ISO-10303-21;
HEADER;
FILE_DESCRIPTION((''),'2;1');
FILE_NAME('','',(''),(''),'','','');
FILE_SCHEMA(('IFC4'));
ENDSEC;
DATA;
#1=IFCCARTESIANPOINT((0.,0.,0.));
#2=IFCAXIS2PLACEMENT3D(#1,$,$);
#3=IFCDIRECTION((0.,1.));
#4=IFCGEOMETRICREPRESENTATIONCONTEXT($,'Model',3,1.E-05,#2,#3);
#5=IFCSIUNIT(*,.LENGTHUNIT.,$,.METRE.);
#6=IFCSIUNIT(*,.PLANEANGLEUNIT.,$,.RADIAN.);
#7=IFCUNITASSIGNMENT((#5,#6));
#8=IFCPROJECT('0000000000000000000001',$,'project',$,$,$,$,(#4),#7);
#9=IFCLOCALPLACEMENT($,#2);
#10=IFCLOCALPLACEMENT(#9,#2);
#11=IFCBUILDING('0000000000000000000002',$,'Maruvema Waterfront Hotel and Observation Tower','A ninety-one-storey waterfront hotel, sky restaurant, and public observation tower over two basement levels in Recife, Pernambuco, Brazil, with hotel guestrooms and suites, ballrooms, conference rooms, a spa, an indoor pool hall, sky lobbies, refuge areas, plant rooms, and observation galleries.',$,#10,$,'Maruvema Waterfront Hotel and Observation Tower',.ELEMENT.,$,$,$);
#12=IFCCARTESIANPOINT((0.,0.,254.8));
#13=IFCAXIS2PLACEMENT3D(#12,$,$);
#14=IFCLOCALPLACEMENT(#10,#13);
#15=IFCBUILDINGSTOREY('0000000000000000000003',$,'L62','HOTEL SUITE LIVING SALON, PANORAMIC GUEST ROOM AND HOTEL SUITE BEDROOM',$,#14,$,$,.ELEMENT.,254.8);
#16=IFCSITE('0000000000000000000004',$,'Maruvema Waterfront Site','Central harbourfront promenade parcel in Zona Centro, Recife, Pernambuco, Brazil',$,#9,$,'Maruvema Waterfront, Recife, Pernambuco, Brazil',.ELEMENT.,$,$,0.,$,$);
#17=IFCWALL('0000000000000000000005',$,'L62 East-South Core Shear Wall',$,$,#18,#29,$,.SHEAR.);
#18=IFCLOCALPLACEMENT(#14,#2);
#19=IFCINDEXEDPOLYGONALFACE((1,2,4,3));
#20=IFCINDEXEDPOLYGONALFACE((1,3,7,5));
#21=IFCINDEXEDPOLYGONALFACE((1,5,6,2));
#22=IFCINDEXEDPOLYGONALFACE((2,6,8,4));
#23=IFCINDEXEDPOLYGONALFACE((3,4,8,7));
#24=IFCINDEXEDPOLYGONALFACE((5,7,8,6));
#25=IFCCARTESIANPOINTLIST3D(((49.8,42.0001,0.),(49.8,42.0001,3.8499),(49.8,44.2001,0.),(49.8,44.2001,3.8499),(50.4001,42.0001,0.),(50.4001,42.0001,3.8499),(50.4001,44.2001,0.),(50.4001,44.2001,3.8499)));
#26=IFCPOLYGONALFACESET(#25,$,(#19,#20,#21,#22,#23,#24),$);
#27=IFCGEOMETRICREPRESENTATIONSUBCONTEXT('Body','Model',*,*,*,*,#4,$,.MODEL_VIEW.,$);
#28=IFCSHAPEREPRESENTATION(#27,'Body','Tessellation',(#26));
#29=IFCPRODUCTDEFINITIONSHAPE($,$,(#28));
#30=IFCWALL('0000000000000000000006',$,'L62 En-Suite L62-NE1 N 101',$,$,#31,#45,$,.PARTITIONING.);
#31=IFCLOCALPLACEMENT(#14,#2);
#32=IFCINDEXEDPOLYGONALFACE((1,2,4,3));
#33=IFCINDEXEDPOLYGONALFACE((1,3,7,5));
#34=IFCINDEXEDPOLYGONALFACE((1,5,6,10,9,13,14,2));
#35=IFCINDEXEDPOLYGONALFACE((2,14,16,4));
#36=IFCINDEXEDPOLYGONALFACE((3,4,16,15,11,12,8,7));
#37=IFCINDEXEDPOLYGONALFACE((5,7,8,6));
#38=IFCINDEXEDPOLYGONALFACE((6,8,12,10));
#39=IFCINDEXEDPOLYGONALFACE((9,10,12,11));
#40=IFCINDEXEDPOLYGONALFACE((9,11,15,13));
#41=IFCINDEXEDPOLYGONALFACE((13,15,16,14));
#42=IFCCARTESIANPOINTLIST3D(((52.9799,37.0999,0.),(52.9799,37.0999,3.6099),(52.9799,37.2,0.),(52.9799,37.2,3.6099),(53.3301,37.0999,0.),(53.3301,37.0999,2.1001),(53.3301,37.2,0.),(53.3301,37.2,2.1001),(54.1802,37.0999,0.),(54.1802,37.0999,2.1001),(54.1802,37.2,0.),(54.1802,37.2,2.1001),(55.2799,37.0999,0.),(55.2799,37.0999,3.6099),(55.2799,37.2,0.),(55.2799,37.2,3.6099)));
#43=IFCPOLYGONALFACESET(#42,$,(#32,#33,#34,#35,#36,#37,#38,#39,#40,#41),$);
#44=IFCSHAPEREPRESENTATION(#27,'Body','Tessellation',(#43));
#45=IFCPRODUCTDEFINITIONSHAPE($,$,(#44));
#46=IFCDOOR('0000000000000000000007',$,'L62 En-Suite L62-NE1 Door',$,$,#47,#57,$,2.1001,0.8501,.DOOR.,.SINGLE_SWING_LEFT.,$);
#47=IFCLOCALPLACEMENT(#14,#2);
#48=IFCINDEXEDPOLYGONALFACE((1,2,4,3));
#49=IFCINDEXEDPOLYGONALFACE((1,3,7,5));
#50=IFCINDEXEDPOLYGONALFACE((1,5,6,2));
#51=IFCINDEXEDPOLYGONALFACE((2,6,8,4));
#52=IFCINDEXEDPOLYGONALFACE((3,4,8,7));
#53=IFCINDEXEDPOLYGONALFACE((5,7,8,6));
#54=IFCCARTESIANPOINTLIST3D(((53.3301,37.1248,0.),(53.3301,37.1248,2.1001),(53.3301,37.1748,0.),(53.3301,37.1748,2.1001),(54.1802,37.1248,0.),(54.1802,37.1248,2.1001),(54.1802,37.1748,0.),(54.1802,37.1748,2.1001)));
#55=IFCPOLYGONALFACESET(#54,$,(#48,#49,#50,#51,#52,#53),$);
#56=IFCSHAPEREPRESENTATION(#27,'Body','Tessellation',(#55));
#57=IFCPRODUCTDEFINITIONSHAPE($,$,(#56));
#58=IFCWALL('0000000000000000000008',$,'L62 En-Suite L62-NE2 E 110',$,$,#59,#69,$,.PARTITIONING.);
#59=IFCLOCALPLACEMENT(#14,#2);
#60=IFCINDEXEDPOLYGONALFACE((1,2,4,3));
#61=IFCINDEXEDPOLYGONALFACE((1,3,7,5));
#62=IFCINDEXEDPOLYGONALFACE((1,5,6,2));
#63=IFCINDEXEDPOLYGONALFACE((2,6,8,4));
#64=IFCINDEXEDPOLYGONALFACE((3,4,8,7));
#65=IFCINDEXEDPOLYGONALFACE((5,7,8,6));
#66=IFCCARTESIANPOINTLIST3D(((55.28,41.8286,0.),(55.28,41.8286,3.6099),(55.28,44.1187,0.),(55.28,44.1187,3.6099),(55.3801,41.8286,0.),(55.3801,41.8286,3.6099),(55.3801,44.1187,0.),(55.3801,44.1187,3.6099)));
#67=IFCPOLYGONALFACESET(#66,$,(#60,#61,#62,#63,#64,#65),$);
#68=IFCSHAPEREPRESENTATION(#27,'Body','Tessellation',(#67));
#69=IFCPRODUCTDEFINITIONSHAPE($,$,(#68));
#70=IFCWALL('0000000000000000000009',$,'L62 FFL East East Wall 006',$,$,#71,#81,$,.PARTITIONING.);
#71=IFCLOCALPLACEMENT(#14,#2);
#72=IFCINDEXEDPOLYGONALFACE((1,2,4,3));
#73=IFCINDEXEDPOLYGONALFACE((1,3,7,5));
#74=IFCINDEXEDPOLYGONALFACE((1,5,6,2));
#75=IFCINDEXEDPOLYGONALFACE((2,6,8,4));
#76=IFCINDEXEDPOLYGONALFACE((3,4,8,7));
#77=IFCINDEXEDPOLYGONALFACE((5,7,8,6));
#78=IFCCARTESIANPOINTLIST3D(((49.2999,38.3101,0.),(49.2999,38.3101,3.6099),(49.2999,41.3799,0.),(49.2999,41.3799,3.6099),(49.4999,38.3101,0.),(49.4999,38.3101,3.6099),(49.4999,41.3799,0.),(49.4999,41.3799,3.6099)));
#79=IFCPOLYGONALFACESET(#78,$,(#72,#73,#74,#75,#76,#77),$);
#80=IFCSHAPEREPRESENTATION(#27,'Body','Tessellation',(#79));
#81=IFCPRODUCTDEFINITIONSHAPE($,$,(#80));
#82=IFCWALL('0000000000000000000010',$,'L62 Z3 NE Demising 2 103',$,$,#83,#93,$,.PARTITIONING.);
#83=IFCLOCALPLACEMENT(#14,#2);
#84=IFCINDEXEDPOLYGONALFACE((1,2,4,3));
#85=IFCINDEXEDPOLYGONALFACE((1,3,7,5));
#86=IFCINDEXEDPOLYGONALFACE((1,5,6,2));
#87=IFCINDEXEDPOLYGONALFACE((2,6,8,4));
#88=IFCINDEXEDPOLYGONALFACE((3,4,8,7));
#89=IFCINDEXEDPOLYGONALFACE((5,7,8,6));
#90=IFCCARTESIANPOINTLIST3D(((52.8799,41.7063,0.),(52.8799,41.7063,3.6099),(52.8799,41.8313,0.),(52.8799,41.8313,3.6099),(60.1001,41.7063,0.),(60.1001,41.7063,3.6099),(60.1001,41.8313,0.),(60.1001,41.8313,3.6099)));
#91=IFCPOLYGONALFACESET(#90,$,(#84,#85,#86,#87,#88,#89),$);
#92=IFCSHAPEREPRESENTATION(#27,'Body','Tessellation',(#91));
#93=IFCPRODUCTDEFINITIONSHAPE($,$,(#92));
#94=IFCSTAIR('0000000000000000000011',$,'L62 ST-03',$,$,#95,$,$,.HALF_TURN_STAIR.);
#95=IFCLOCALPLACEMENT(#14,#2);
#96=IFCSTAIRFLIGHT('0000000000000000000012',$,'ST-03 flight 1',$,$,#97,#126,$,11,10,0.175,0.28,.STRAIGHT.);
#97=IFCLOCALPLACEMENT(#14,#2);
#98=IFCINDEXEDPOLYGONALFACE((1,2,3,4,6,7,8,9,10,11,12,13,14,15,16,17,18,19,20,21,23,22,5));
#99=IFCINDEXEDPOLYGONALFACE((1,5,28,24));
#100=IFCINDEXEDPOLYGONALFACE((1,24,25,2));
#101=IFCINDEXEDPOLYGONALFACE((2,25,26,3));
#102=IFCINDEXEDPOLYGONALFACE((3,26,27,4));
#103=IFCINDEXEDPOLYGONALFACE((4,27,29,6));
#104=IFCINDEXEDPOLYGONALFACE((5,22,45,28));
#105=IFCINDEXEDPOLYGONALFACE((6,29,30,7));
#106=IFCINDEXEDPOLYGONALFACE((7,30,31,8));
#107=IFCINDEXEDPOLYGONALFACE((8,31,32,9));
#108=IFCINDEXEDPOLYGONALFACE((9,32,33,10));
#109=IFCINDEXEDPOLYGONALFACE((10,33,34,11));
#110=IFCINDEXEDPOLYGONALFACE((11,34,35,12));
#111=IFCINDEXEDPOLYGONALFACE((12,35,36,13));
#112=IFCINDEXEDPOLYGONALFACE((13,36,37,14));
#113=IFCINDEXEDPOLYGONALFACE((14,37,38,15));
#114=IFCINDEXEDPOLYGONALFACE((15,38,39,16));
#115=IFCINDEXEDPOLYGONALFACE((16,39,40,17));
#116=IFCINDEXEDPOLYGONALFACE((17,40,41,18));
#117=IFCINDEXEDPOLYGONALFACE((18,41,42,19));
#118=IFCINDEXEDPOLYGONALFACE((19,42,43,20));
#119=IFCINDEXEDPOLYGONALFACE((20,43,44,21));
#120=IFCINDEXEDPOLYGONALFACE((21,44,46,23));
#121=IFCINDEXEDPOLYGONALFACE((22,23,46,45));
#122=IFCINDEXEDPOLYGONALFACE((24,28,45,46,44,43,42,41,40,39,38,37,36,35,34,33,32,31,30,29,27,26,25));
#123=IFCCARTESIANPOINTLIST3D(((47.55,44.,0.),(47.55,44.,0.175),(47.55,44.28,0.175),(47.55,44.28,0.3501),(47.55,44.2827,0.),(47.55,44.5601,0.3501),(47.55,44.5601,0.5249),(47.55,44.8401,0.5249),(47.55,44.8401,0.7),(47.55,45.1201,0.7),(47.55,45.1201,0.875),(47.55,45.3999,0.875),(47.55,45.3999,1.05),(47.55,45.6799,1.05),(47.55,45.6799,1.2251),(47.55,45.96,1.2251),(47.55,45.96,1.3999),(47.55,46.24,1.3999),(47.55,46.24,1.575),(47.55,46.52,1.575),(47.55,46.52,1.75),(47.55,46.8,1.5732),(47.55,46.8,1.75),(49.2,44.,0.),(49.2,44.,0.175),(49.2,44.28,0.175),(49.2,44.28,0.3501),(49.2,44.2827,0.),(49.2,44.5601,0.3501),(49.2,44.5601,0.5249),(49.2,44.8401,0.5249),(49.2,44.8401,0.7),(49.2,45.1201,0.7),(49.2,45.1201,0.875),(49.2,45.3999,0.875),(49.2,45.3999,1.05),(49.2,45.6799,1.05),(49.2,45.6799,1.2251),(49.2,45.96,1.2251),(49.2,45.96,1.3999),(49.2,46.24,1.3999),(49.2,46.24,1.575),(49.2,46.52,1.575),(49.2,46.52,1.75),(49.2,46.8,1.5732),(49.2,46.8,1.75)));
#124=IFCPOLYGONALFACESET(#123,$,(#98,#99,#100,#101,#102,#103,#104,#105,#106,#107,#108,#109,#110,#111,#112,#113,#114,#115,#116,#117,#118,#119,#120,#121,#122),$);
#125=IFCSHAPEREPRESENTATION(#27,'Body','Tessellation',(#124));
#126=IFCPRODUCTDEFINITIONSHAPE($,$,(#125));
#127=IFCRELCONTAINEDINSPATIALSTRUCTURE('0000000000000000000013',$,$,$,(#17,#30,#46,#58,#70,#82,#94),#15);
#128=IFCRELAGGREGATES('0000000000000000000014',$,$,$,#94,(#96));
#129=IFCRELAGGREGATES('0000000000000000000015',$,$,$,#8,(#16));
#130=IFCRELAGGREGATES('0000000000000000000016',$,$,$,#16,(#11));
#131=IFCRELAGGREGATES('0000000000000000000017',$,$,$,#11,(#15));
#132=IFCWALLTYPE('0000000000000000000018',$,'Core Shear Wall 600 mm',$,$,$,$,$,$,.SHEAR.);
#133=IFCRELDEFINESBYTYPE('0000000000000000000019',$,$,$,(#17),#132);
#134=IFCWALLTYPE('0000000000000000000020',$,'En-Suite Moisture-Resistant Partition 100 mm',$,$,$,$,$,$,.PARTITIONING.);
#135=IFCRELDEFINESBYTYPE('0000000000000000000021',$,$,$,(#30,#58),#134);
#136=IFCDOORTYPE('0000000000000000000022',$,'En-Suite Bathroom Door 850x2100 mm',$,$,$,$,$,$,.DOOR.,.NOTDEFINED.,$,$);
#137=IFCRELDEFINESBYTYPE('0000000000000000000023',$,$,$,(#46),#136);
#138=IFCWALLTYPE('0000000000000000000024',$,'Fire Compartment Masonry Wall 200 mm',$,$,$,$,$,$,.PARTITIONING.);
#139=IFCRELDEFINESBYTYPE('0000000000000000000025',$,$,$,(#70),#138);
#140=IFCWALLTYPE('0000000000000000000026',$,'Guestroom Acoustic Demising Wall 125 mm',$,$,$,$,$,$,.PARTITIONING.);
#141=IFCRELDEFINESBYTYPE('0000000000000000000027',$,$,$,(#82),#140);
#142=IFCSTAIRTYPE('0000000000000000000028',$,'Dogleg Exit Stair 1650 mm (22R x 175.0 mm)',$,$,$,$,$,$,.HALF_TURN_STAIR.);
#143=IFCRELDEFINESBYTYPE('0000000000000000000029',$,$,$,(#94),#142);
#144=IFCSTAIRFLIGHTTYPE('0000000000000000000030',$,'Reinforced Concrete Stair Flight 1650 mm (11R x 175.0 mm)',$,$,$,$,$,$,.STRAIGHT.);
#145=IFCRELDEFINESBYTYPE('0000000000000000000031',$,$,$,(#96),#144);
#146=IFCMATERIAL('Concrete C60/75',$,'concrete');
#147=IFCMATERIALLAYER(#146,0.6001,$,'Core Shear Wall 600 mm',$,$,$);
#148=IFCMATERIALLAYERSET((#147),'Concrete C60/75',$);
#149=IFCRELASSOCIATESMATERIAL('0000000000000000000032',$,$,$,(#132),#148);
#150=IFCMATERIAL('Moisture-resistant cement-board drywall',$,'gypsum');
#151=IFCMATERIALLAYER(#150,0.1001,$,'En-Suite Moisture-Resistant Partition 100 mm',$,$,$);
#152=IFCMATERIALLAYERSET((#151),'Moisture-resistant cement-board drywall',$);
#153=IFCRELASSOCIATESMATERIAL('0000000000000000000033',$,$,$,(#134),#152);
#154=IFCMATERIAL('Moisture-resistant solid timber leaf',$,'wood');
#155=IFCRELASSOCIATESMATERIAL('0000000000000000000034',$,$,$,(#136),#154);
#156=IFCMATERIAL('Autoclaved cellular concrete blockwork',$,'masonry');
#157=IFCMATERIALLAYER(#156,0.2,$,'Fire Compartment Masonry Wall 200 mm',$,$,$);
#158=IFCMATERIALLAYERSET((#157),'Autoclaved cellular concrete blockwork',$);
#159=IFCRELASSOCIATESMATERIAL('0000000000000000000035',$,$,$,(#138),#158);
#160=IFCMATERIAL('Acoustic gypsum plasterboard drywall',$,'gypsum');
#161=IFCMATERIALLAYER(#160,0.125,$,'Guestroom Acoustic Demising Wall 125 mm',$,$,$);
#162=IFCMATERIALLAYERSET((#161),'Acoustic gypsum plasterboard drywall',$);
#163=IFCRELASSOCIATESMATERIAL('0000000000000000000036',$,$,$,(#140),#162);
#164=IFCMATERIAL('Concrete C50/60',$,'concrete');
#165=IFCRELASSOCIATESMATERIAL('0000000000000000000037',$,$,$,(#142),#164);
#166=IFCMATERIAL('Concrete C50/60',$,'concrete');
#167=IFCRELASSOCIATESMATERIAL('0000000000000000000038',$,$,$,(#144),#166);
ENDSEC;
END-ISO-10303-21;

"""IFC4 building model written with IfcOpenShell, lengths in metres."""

from ifc_helpers import new_model, si_unit, direction, frame, frame_2d, origin, place, context, subcontext, project, spatial, polyline, rectangle, outline, extrude, material, layer, layer_set, type_object, element, fill, aggregate, save


model = new_model("IFC4")

# Units and contexts
model_context = context("Model", 3, precision=1e-05, world=origin(), true_north=direction((0.0, 1.0)))
body_context = subcontext(model_context, "Body", "Model", "MODEL_VIEW")
ifc_project = project(units=[si_unit("LENGTHUNIT", "METRE"), si_unit("PLANEANGLEUNIT", "RADIAN")], contexts=[model_context])

# Site, building, storey
site_placement = place(None, origin())
site = spatial("IfcSite", under=ifc_project, at=site_placement, Name="Maruvema Waterfront Site", Description="Central harbourfront promenade parcel in Zona Centro, Recife, Pernambuco, Brazil", LongName="Maruvema Waterfront, Recife, Pernambuco, Brazil", CompositionType="ELEMENT", RefElevation=0.0)
building_placement = place(site_placement, origin())
building = spatial("IfcBuilding", under=site, at=building_placement, Name="Maruvema Waterfront Hotel and Observation Tower", Description="A ninety-one-storey waterfront hotel, sky restaurant, and public observation tower over two basement levels in Recife, Pernambuco, Brazil, with hotel guestrooms and suites, ballrooms, conference rooms, a spa, an indoor pool hall, sky lobbies, refuge areas, plant rooms, and observation galleries.", LongName="Maruvema Waterfront Hotel and Observation Tower", CompositionType="ELEMENT")
storey_placement = place(building_placement, frame((0.0, 0.0, 254.8)))
storey = spatial("IfcBuildingStorey", under=building, at=storey_placement, Name="L62", Description="HOTEL SUITE LIVING SALON, PANORAMIC GUEST ROOM AND HOTEL SUITE BEDROOM", CompositionType="ELEMENT", Elevation=254.8)

# Wall
ifc_material_1 = material(Name="Concrete C60/75", Category="concrete")
ifc_layer_1 = layer(ifc_material_1, 0.6001, Name="Core Shear Wall 600 mm")
ifc_layer_set_1 = layer_set([ifc_layer_1], Name="Concrete C60/75")
wall_type_1 = type_object("IfcWallType", Name="Core Shear Wall 600 mm", PredefinedType="SHEAR", material=ifc_layer_set_1)
wall_1_placement = place(storey_placement, frame((50.1001, 42.0, 0.0), z_axis=(0.0, 0.0, 1.0), x_axis=(0.0, 1.0, 0.0)))
element("IfcWall", 1, at=wall_1_placement, inside=storey, type_object=wall_type_1, Name="L62 East-South Core Shear Wall", PredefinedType="SHEAR", context=body_context, shape_type="SweptSolid", body=[
    extrude(rectangle(XDim=2.2, YDim=0.6001, at=frame_2d((1.1001, 0.0))), origin(), (0.0, 0.0, 1.0), 3.8499),
])

# Wall, opening, door
ifc_material_2 = material(Name="Moisture-resistant cement-board drywall", Category="gypsum")
ifc_layer_2 = layer(ifc_material_2, 0.1001, Name="En-Suite Moisture-Resistant Partition 100 mm")
ifc_layer_set_2 = layer_set([ifc_layer_2], Name="Moisture-resistant cement-board drywall")
wall_type_2 = type_object("IfcWallType", Name="En-Suite Moisture-Resistant Partition 100 mm", PredefinedType="PARTITIONING", material=ifc_layer_set_2)
wall_2_placement = place(storey_placement, frame((52.98, 37.1499, 0.0), z_axis=(0.0, 0.0, 1.0), x_axis=(1.0, 0.0, 0.0)))
wall_2 = element("IfcWall", 2, at=wall_2_placement, inside=storey, type_object=wall_type_2, Name="L62 En-Suite L62-NE1 N 101", PredefinedType="PARTITIONING", context=body_context, shape_type="SweptSolid", body=[
    extrude(rectangle(XDim=2.3, YDim=0.1001, at=frame_2d((1.1499, 0.0))), origin(), (0.0, 0.0, 1.0), 3.6099),
])
opening_1_placement = place(wall_2_placement, frame((0.3501, 0.0, 0.0)))
opening_1 = element("IfcOpeningElement", 3, at=opening_1_placement, cuts=wall_2, PredefinedType="OPENING", context=body_context, shape_type="SweptSolid", body=[
    extrude(rectangle(XDim=0.8501, YDim=2.1001, at=frame_2d((0.425, 1.05))), frame((0.0, 0.0601, 0.0), z_axis=(0.0, -1.0, 0.0), x_axis=(1.0, 0.0, 0.0)), (0.0, 0.0, 1.0), 0.1201),
])
ifc_material_3 = material(Name="Moisture-resistant solid timber leaf", Category="wood")
door_type_1 = type_object("IfcDoorType", Name="En-Suite Bathroom Door 850x2100 mm", OperationType="NOTDEFINED", PredefinedType="DOOR", material=ifc_material_3)
door_1_placement = place(opening_1_placement, origin())
door_1 = element("IfcDoor", 4, at=door_1_placement, inside=storey, type_object=door_type_1, Name="L62 En-Suite L62-NE1 Door", OperationType="SINGLE_SWING_LEFT", OverallHeight=2.1001, OverallWidth=0.8501, PredefinedType="DOOR", context=body_context, shape_type="SweptSolid", body=[
    extrude(rectangle(XDim=0.8501, YDim=2.1001, at=frame_2d((0.425, 1.05))), frame((0.0, 0.0249, 0.0), z_axis=(0.0, -1.0, 0.0), x_axis=(1.0, 0.0, 0.0)), (0.0, 0.0, 1.0), 0.05),
])
fill(opening_1, door_1)

# Walls
wall_3_placement = place(storey_placement, frame((55.3301, 41.8286, 0.0), z_axis=(0.0, 0.0, 1.0), x_axis=(0.0, 1.0, 0.0)))
element("IfcWall", 5, at=wall_3_placement, inside=storey, type_object=wall_type_2, Name="L62 En-Suite L62-NE2 E 110", PredefinedType="PARTITIONING", context=body_context, shape_type="SweptSolid", body=[
    extrude(rectangle(XDim=2.29, YDim=0.1001, at=frame_2d((1.145, 0.0))), origin(), (0.0, 0.0, 1.0), 3.6099),
])
ifc_material_4 = material(Name="Autoclaved cellular concrete blockwork", Category="masonry")
ifc_layer_3 = layer(ifc_material_4, 0.2, Name="Fire Compartment Masonry Wall 200 mm")
ifc_layer_set_3 = layer_set([ifc_layer_3], Name="Autoclaved cellular concrete blockwork")
wall_type_3 = type_object("IfcWallType", Name="Fire Compartment Masonry Wall 200 mm", PredefinedType="PARTITIONING", material=ifc_layer_set_3)
wall_4_placement = place(storey_placement, frame((49.3999, 38.3101, 0.0), z_axis=(0.0, 0.0, 1.0), x_axis=(0.0, 1.0, 0.0)))
element("IfcWall", 6, at=wall_4_placement, inside=storey, type_object=wall_type_3, Name="L62 FFL East East Wall 006", PredefinedType="PARTITIONING", context=body_context, shape_type="SweptSolid", body=[
    extrude(rectangle(XDim=3.0698, YDim=0.2, at=frame_2d((1.5349, 0.0))), origin(), (0.0, 0.0, 1.0), 3.6099),
])
ifc_material_5 = material(Name="Acoustic gypsum plasterboard drywall", Category="gypsum")
ifc_layer_4 = layer(ifc_material_5, 0.125, Name="Guestroom Acoustic Demising Wall 125 mm")
ifc_layer_set_4 = layer_set([ifc_layer_4], Name="Acoustic gypsum plasterboard drywall")
wall_type_4 = type_object("IfcWallType", Name="Guestroom Acoustic Demising Wall 125 mm", PredefinedType="PARTITIONING", material=ifc_layer_set_4)
wall_5_placement = place(storey_placement, frame((52.8799, 41.7688, 0.0), z_axis=(0.0, 0.0, 1.0), x_axis=(1.0, 0.0, 0.0)))
element("IfcWall", 7, at=wall_5_placement, inside=storey, type_object=wall_type_4, Name="L62 Z3 NE Demising 2 103", PredefinedType="PARTITIONING", context=body_context, shape_type="SweptSolid", body=[
    extrude(rectangle(XDim=7.2202, YDim=0.125, at=frame_2d((3.6101, 0.0))), origin(), (0.0, 0.0, 1.0), 3.6099),
])

# Stair, stair flight
ifc_material_6 = material(Name="Concrete C50/60", Category="concrete")
stair_type = type_object("IfcStairType", Name="Dogleg Exit Stair 1650 mm (22R x 175.0 mm)", PredefinedType="HALF_TURN_STAIR", material=ifc_material_6)
stair_placement = place(storey_placement, origin())
stair = element("IfcStair", 8, at=stair_placement, inside=storey, type_object=stair_type, Name="L62 ST-03", PredefinedType="HALF_TURN_STAIR")
ifc_material_7 = material(Name="Concrete C50/60", Category="concrete")
stair_flight_type = type_object("IfcStairFlightType", Name="Reinforced Concrete Stair Flight 1650 mm (11R x 175.0 mm)", PredefinedType="STRAIGHT", material=ifc_material_7)
stair_flight_placement = place(storey_placement, frame((48.375, 44.0, 0.0), z_axis=(0.0, 0.0, 1.0), x_axis=(0.0, 1.0, 0.0)))
stair_flight = element("IfcStairFlight", 9, at=stair_flight_placement, type_object=stair_flight_type, Name="ST-03 flight 1", NumberOfRisers=11, NumberOfTreads=10, PredefinedType="STRAIGHT", RiserHeight=0.175, TreadLength=0.28, context=body_context, shape_type="SweptSolid", body=[
    extrude(outline(polyline([(0.0, 0.0), (0.0, 0.175), (0.28, 0.175), (0.28, 0.3501), (0.5601, 0.3501), (0.5601, 0.5249), (0.8401, 0.5249), (0.8401, 0.7), (1.1201, 0.7), (1.1201, 0.875), (1.3999, 0.875), (1.3999, 1.05), (1.6799, 1.05), (1.6799, 1.2251), (1.96, 1.2251), (1.96, 1.3999), (2.24, 1.3999), (2.24, 1.575), (2.52, 1.575), (2.52, 1.75), (2.8, 1.75), (2.8, 1.925), (2.8, 1.5732), (0.2827, 0.0), (0.0, 0.0)])), frame((0.0, 0.825, 0.0), z_axis=(0.0, -1.0, 0.0), x_axis=(1.0, 0.0, 0.0)), (0.0, 0.0, 1.0), 1.6499),
])
aggregate(stair, [stair_flight])

save(model, "model.ifc")
